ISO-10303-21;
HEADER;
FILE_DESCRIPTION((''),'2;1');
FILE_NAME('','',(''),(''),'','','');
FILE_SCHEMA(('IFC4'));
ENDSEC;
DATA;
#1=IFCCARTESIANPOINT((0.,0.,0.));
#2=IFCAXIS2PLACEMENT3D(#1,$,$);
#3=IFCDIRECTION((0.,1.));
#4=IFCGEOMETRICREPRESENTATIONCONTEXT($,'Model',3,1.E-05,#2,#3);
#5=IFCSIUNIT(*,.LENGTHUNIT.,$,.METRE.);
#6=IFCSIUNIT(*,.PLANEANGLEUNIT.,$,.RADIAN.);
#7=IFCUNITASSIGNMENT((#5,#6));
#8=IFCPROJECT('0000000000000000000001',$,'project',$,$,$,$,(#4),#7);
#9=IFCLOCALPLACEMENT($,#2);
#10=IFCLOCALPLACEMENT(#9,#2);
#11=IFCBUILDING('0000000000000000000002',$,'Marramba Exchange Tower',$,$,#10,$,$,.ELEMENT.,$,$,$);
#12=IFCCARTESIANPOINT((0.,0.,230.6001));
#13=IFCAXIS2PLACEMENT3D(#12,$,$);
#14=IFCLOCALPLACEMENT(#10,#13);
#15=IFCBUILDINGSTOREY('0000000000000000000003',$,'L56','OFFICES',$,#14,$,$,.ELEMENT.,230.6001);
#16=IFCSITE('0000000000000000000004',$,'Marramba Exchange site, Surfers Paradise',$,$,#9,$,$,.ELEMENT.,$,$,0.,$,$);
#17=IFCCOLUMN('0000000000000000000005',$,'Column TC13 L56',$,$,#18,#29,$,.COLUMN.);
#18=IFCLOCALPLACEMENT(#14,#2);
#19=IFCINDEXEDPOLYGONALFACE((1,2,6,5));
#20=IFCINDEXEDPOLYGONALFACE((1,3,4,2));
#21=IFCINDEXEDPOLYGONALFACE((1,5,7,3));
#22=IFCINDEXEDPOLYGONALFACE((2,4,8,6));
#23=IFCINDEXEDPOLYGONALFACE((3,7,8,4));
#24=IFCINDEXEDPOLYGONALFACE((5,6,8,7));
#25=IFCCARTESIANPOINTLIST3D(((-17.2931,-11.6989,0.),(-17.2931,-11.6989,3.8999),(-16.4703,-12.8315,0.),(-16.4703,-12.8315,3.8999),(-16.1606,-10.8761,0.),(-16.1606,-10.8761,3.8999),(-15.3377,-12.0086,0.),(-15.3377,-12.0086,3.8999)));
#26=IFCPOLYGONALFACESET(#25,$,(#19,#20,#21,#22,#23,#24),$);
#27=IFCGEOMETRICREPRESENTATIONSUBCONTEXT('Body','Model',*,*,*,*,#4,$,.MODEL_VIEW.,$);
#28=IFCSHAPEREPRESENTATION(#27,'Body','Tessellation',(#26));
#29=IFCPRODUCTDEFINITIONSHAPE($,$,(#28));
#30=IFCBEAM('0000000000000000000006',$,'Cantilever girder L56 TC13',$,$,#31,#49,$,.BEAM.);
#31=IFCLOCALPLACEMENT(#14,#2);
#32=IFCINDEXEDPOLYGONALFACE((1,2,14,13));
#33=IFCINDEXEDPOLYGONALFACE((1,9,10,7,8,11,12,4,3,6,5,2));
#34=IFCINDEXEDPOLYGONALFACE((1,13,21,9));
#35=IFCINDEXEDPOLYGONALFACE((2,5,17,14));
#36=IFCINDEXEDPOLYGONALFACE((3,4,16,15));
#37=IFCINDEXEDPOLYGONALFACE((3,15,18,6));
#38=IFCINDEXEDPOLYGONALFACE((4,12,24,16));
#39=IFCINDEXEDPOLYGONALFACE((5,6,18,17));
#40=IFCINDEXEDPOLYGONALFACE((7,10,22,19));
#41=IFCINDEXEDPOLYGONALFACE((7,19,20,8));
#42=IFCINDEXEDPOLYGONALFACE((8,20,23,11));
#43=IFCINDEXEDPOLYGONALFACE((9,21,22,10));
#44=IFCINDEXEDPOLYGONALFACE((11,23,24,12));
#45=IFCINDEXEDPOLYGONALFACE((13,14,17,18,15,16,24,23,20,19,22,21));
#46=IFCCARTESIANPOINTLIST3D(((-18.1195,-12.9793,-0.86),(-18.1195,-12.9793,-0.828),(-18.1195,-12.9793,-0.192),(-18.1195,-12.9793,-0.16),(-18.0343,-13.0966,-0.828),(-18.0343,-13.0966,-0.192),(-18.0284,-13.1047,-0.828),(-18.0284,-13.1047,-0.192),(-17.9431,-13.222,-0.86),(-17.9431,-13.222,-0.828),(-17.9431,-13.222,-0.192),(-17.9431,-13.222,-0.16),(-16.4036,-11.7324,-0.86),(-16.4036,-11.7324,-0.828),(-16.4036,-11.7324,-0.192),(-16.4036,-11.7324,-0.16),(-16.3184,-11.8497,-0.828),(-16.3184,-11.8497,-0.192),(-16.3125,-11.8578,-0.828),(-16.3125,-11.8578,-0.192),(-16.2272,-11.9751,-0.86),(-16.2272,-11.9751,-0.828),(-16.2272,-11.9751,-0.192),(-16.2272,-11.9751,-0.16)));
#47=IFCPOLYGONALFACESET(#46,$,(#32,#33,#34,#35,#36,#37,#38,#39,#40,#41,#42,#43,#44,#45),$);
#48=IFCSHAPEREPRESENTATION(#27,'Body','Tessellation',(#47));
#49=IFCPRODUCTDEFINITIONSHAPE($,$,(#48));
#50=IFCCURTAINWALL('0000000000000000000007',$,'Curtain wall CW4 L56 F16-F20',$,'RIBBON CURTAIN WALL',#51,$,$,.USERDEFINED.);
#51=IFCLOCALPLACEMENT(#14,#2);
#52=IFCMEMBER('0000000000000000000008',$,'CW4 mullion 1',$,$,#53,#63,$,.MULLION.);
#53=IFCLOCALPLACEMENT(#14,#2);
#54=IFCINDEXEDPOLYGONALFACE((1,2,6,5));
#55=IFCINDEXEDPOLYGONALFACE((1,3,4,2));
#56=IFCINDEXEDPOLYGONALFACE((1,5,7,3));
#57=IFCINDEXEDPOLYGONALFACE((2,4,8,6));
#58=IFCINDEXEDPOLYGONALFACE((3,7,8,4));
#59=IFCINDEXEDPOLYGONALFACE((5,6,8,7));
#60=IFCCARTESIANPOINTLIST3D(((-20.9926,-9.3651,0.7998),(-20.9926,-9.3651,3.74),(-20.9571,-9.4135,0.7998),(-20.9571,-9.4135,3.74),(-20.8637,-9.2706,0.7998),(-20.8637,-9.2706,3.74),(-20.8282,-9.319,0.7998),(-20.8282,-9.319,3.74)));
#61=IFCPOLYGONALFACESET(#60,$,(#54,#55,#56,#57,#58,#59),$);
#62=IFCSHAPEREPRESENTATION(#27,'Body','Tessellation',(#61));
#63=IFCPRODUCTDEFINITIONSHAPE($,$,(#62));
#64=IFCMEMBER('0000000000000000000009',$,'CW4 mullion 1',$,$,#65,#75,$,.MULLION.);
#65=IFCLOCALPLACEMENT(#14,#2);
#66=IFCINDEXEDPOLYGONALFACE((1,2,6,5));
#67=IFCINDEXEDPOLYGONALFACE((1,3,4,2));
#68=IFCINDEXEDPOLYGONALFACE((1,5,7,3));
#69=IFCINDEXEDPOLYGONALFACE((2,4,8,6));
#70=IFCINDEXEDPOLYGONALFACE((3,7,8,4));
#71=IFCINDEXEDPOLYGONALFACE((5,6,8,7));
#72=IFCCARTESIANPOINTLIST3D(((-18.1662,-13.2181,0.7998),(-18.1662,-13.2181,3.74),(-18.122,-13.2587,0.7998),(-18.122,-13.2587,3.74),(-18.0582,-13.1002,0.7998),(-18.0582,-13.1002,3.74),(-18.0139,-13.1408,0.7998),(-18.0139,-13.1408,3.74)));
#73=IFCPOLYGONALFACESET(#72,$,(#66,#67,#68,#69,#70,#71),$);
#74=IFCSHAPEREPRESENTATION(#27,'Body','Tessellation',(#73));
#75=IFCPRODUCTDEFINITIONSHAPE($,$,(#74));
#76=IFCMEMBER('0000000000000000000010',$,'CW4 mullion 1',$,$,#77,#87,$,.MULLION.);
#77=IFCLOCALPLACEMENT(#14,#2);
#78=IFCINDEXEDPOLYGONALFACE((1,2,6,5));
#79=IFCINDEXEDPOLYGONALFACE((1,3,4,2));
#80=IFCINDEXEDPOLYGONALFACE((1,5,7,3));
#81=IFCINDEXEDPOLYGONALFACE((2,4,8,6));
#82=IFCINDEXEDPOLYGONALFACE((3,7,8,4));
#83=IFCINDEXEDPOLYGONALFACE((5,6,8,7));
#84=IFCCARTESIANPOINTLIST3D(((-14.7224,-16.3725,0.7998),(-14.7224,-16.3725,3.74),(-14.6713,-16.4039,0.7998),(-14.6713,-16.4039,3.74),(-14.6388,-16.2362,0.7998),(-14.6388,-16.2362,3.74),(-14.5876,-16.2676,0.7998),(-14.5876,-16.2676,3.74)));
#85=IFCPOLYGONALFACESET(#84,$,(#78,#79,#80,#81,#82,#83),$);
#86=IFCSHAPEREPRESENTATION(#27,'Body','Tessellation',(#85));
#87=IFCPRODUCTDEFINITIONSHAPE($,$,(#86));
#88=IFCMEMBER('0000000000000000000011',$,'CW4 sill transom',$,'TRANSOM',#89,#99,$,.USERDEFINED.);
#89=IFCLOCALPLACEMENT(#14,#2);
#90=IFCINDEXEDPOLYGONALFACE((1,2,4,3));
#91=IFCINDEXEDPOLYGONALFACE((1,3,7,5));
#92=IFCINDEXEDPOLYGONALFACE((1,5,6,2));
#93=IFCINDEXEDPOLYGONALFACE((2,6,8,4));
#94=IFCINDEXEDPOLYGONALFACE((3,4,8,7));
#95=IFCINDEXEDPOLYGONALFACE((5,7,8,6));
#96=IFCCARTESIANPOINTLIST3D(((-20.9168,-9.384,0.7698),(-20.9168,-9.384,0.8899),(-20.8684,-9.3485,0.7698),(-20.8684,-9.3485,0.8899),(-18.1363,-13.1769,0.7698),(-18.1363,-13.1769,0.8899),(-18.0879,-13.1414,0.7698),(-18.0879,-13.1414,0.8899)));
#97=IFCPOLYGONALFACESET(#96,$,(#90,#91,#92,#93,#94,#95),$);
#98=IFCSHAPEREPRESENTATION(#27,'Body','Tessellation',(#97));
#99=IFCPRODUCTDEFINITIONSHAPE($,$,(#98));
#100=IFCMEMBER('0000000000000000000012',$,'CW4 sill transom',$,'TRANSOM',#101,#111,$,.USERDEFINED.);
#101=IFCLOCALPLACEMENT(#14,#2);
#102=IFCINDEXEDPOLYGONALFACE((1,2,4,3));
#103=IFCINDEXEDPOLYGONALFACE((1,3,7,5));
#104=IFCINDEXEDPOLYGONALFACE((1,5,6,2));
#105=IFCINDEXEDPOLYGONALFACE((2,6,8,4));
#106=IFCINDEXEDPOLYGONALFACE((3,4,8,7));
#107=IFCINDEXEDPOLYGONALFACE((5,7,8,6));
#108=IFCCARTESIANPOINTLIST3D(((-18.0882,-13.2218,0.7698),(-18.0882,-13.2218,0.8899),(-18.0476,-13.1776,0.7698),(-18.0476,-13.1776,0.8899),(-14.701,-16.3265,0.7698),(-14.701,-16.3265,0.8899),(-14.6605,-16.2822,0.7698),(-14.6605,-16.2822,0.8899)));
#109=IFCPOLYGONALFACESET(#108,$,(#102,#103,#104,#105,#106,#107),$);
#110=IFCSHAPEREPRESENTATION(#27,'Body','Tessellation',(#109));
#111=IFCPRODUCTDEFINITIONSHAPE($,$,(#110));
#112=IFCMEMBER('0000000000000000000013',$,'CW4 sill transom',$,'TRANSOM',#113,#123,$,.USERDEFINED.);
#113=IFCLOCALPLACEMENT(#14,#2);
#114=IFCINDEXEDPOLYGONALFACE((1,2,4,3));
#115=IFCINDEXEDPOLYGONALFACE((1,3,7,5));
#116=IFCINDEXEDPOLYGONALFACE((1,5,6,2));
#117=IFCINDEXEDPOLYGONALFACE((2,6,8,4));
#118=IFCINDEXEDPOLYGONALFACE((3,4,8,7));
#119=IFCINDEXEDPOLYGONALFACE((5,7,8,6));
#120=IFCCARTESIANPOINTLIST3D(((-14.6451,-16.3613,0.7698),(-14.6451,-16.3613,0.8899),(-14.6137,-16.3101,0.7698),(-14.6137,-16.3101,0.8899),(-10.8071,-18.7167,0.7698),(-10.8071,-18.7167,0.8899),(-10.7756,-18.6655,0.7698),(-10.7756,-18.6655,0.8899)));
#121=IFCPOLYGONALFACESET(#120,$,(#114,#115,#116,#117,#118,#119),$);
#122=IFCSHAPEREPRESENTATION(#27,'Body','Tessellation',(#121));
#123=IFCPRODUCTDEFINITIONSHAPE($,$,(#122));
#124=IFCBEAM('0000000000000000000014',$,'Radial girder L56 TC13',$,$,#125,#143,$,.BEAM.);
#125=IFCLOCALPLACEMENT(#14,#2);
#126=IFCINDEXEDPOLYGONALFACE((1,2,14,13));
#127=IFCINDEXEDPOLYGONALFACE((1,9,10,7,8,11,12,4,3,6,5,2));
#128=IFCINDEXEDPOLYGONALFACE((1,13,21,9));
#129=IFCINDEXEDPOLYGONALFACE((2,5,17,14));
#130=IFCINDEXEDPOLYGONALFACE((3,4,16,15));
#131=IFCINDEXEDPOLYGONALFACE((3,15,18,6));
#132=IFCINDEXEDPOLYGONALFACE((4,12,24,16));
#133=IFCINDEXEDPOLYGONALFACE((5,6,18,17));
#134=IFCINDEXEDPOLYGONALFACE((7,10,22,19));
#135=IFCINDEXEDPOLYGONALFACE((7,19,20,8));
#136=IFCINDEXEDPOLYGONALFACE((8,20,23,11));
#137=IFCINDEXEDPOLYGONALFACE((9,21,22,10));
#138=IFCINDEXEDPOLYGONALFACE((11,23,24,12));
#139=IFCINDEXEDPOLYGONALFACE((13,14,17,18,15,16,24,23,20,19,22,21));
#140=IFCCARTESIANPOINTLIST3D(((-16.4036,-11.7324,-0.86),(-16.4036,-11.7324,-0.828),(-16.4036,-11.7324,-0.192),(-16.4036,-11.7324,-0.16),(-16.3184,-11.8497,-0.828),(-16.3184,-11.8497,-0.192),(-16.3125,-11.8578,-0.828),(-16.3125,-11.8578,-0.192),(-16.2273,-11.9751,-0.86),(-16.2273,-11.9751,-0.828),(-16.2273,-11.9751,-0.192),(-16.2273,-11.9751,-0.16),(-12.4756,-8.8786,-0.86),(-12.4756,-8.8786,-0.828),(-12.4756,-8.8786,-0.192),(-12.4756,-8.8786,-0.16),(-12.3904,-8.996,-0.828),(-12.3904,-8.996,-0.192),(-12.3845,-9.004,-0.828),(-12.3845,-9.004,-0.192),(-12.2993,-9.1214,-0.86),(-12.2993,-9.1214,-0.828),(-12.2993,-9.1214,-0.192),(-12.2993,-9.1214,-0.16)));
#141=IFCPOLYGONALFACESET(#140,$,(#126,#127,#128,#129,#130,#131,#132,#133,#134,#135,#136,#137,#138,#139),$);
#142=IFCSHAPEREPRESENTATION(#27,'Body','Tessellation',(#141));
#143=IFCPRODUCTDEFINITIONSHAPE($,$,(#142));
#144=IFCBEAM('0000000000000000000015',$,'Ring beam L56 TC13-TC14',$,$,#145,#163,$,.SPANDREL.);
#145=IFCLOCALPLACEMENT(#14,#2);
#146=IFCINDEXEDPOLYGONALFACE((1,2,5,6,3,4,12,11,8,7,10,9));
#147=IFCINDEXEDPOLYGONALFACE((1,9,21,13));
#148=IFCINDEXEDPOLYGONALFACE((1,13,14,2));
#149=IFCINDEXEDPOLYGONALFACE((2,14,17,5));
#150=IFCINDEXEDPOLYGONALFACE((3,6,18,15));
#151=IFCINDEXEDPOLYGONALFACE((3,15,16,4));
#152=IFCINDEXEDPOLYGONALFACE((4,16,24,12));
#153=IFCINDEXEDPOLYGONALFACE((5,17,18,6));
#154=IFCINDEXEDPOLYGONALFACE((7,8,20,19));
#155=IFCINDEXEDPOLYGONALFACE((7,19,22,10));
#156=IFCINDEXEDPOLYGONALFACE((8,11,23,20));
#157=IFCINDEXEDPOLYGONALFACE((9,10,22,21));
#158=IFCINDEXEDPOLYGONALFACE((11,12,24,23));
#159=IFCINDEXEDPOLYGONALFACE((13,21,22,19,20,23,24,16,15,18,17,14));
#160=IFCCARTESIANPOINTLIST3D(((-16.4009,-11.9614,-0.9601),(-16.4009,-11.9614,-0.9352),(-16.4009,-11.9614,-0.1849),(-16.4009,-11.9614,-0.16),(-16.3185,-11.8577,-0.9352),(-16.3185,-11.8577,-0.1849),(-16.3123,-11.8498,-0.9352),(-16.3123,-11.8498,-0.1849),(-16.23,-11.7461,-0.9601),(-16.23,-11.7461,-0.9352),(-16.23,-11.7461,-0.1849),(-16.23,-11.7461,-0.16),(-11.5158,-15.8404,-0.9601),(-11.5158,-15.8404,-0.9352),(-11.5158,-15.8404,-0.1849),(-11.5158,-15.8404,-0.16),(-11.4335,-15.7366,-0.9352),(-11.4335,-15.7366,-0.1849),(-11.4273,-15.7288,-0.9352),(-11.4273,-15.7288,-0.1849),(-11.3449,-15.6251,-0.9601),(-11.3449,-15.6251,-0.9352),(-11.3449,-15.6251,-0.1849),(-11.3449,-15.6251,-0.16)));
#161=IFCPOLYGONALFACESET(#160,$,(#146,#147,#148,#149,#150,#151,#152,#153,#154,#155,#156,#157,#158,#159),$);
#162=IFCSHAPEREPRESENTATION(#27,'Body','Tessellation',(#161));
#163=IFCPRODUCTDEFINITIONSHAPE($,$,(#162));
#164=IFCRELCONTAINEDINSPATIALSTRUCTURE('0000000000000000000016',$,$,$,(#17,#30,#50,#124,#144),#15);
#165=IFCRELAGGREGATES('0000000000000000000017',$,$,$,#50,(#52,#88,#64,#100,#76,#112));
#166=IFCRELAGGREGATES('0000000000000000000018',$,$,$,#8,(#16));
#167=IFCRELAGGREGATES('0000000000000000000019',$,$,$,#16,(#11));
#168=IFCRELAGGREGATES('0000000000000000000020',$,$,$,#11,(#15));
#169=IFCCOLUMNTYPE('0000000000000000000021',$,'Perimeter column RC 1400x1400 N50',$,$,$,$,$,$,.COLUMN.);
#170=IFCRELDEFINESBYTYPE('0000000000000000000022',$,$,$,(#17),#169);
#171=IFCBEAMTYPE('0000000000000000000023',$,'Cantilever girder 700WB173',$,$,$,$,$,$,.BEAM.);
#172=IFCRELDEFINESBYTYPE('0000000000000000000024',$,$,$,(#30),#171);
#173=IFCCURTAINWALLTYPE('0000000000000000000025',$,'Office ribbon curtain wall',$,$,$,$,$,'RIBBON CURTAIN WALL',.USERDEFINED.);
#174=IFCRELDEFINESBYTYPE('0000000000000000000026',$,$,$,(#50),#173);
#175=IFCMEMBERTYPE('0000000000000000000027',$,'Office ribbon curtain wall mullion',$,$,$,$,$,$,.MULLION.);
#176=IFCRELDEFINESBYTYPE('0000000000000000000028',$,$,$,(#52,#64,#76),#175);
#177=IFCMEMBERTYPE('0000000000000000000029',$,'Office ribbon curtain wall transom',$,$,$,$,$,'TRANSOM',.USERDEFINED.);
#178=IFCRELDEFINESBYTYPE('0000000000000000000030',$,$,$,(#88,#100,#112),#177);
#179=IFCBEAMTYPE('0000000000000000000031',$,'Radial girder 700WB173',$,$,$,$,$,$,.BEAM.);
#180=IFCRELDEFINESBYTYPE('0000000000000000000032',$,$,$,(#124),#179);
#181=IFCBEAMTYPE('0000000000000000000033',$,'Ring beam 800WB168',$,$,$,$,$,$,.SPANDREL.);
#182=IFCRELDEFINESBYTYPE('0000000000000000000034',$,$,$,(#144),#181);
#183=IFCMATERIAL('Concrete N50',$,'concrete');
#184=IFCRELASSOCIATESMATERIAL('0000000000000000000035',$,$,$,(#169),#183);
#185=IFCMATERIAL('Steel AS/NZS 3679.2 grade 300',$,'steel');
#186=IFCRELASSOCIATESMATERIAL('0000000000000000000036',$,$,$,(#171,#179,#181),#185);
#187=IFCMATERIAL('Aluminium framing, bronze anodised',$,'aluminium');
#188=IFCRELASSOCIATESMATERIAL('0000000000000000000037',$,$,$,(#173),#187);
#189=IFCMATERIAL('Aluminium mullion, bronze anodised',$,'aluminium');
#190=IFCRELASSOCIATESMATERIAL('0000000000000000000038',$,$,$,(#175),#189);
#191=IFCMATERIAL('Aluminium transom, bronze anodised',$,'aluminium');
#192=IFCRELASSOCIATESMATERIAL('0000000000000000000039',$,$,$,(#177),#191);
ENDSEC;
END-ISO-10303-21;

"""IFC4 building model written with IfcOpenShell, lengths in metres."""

from ifc_helpers import new_model, si_unit, direction, frame, origin, origin_2d, place, context, subcontext, project, spatial, rectangle, i_section, extrude, material, material_profile, profile_set, type_object, element, aggregate, save


model = new_model("IFC4")

# Units and contexts
model_context = context("Model", 3, precision=1e-05, world=origin(), true_north=direction((0.0, 1.0)))
body_context = subcontext(model_context, "Body", "Model", "MODEL_VIEW")
ifc_project = project(units=[si_unit("LENGTHUNIT", "METRE"), si_unit("PLANEANGLEUNIT", "RADIAN")], contexts=[model_context])

# Site, building, storey
site_placement = place(None, origin())
site = spatial("IfcSite", under=ifc_project, at=site_placement, Name="Marramba Exchange site, Surfers Paradise", CompositionType="ELEMENT", RefElevation=0.0)
building_placement = place(site_placement, origin())
building = spatial("IfcBuilding", under=site, at=building_placement, Name="Marramba Exchange Tower", CompositionType="ELEMENT")
storey_placement = place(building_placement, frame((0.0, 0.0, 230.6001)))
storey = spatial("IfcBuildingStorey", under=building, at=storey_placement, Name="L56", Description="OFFICES", CompositionType="ELEMENT", Elevation=230.6001)

# Column
ifc_material_1 = material(Name="Concrete N50", Category="concrete")
ifc_material_profile_1 = material_profile(ifc_material_1, rectangle(XDim=1.3999, YDim=1.3999, at=origin_2d()), Name="RC 1400x1400")
ifc_profile_set_1 = profile_set([ifc_material_profile_1], Name="Concrete N50")
column_type = type_object("IfcColumnType", Name="Perimeter column RC 1400x1400 N50", PredefinedType="COLUMN", material=ifc_profile_set_1)
column_placement = place(storey_placement, frame((-16.3154, -11.8538, 0.0), z_axis=(0.0, 0.0, 1.0), x_axis=(-0.809017, -0.587785, 0.0)))
element("IfcColumn", 1, at=column_placement, inside=storey, type_object=column_type, Name="Column TC13 L56", PredefinedType="COLUMN", context=body_context, shape_type="SweptSolid", body=[
    extrude(rectangle(XDim=1.3999, YDim=1.3999, at=origin_2d()), origin(), (0.0, 0.0, 1.0), 3.8999),
])

# Beam
ifc_material_2 = material(Name="Steel AS/NZS 3679.2 grade 300", Category="steel")
ifc_material_profile_2 = material_profile(ifc_material_2, i_section(OverallWidth=0.3, OverallDepth=0.7, WebThickness=0.01, FlangeThickness=0.032, at=origin_2d()), Name="700WB173")
ifc_profile_set_2 = profile_set([ifc_material_profile_2], Name="Steel AS/NZS 3679.2 grade 300")
beam_type_1 = type_object("IfcBeamType", Name="Cantilever girder 700WB173", PredefinedType="BEAM", material=ifc_profile_set_2)
beam_1_placement = place(storey_placement, frame((-16.3154, -11.8538, -0.51), z_axis=(-0.80897, -0.58785, 0.0), x_axis=(0.58785, -0.80897, 0.0)))
element("IfcBeam", 2, at=beam_1_placement, inside=storey, type_object=beam_type_1, Name="Cantilever girder L56 TC13", PredefinedType="BEAM", context=body_context, shape_type="SweptSolid", body=[
    extrude(i_section(OverallWidth=0.3, OverallDepth=0.7, WebThickness=0.01, FlangeThickness=0.032, at=origin_2d()), origin(), (0.0, 0.0, 1.0), 2.1211),
])

# Curtain wall, members
ifc_material_3 = material(Name="Aluminium framing, bronze anodised", Category="aluminium")
curtain_wall_type = type_object("IfcCurtainWallType", Name="Office ribbon curtain wall", ElementType="RIBBON CURTAIN WALL", PredefinedType="USERDEFINED", material=ifc_material_3)
curtain_wall_placement = place(storey_placement, origin())
curtain_wall = element("IfcCurtainWall", 3, at=curtain_wall_placement, inside=storey, type_object=curtain_wall_type, Name="Curtain wall CW4 L56 F16-F20", ObjectType="RIBBON CURTAIN WALL", PredefinedType="USERDEFINED")
ifc_material_4 = material(Name="Aluminium mullion, bronze anodised", Category="aluminium")
ifc_material_profile_3 = material_profile(ifc_material_4, rectangle(XDim=0.1599, YDim=0.0601, at=origin_2d()), Name="CW4 mullion 60x160")
ifc_profile_set_3 = profile_set([ifc_material_profile_3], Name="Aluminium mullion, bronze anodised")
member_type_1 = type_object("IfcMemberType", Name="Office ribbon curtain wall mullion", PredefinedType="MULLION", material=ifc_profile_set_3)
member_1_placement = place(storey_placement, frame((-20.9104, -9.342, 0.7998), z_axis=(0.0, 0.0, 1.0), x_axis=(0.806508, 0.591223, 0.0)))
member_1 = element("IfcMember", 4, at=member_1_placement, type_object=member_type_1, Name="CW4 mullion 1", PredefinedType="MULLION", context=body_context, shape_type="SweptSolid", body=[
    extrude(rectangle(XDim=0.1599, YDim=0.0601, at=origin_2d()), origin(), (0.0, 0.0, 1.0), 2.9402),
])
member_2_placement = place(storey_placement, frame((-18.0901, -13.1794, 0.7998), z_axis=(0.0, 0.0, 1.0), x_axis=(0.675671, 0.737203, 0.0)))
member_2 = element("IfcMember", 5, at=member_2_placement, type_object=member_type_1, Name="CW4 mullion 1", PredefinedType="MULLION", context=body_context, shape_type="SweptSolid", body=[
    extrude(rectangle(XDim=0.1599, YDim=0.0601, at=origin_2d()), origin(), (0.0, 0.0, 1.0), 2.9402),
])
member_3_placement = place(storey_placement, frame((-14.655, -16.3201, 0.7998), z_axis=(0.0, 0.0, 1.0), x_axis=(0.523052, 0.852301, 0.0)))
member_3 = element("IfcMember", 6, at=member_3_placement, type_object=member_type_1, Name="CW4 mullion 1", PredefinedType="MULLION", context=body_context, shape_type="SweptSolid", body=[
    extrude(rectangle(XDim=0.1599, YDim=0.0601, at=origin_2d()), origin(), (0.0, 0.0, 1.0), 2.9402),
])
ifc_material_5 = material(Name="Aluminium transom, bronze anodised", Category="aluminium")
ifc_material_profile_4 = material_profile(ifc_material_5, rectangle(XDim=0.0601, YDim=0.1201, at=origin_2d()), Name="CW4 transom 60x120")
ifc_profile_set_4 = profile_set([ifc_material_profile_4], Name="Aluminium transom, bronze anodised")
member_type_2 = type_object("IfcMemberType", Name="Office ribbon curtain wall transom", ElementType="TRANSOM", PredefinedType="USERDEFINED", material=ifc_profile_set_4)
member_4_placement = place(storey_placement, frame((-20.8926, -9.3662, 0.8298), z_axis=(0.591226, -0.806506, 0.0), x_axis=(0.806506, 0.591226, 0.0)))
member_4 = element("IfcMember", 7, at=member_4_placement, type_object=member_type_2, Name="CW4 sill transom", ObjectType="TRANSOM", PredefinedType="USERDEFINED", context=body_context, shape_type="SweptSolid", body=[
    extrude(rectangle(XDim=0.0601, YDim=0.1201, at=origin_2d()), origin(), (0.0, 0.0, 1.0), 4.7029),
])
member_5_placement = place(storey_placement, frame((-18.0679, -13.1997, 0.8298), z_axis=(0.737176, -0.675701, 0.0), x_axis=(0.675701, 0.737176, 0.0)))
member_5 = element("IfcMember", 8, at=member_5_placement, type_object=member_type_2, Name="CW4 sill transom", ObjectType="TRANSOM", PredefinedType="USERDEFINED", context=body_context, shape_type="SweptSolid", body=[
    extrude(rectangle(XDim=0.0601, YDim=0.1201, at=origin_2d()), origin(), (0.0, 0.0, 1.0), 4.5947),
])
member_6_placement = place(storey_placement, frame((-14.6294, -16.3357, 0.8298), z_axis=(0.852298, -0.523056, 0.0), x_axis=(0.523056, 0.852298, 0.0)))
member_6 = element("IfcMember", 9, at=member_6_placement, type_object=member_type_2, Name="CW4 sill transom", ObjectType="TRANSOM", PredefinedType="USERDEFINED", context=body_context, shape_type="SweptSolid", body=[
    extrude(rectangle(XDim=0.0601, YDim=0.1201, at=origin_2d()), origin(), (0.0, 0.0, 1.0), 4.5032),
])

# Beams
ifc_material_profile_5 = material_profile(ifc_material_2, i_section(OverallWidth=0.3, OverallDepth=0.7, WebThickness=0.01, FlangeThickness=0.032, at=origin_2d()), Name="700WB173")
ifc_profile_set_5 = profile_set([ifc_material_profile_5], Name="Steel AS/NZS 3679.2 grade 300")
beam_type_2 = type_object("IfcBeamType", Name="Radial girder 700WB173", PredefinedType="BEAM", material=ifc_profile_set_5)
beam_2_placement = place(storey_placement, frame((-12.3875, -9.0, -0.51), z_axis=(-0.809025, -0.587774, 0.0), x_axis=(0.587774, -0.809025, 0.0)))
element("IfcBeam", 10, at=beam_2_placement, inside=storey, type_object=beam_type_2, Name="Radial girder L56 TC13", PredefinedType="BEAM", context=body_context, shape_type="SweptSolid", body=[
    extrude(i_section(OverallWidth=0.3, OverallDepth=0.7, WebThickness=0.01, FlangeThickness=0.032, at=origin_2d()), origin(), (0.0, 0.0, 1.0), 4.8552),
])
ifc_material_profile_6 = material_profile(ifc_material_2, i_section(OverallWidth=0.2749, OverallDepth=0.8, WebThickness=0.01, FlangeThickness=0.0249, at=origin_2d()), Name="800WB168")
ifc_profile_set_6 = profile_set([ifc_material_profile_6], Name="Steel AS/NZS 3679.2 grade 300")
beam_type_3 = type_object("IfcBeamType", Name="Ring beam 800WB168", PredefinedType="SPANDREL", material=ifc_profile_set_6)
beam_3_placement = place(storey_placement, frame((-16.3154, -11.8538, -0.5601), z_axis=(0.783139, -0.621846, 0.0), x_axis=(0.621846, 0.783139, 0.0)))
element("IfcBeam", 11, at=beam_3_placement, inside=storey, type_object=beam_type_3, Name="Ring beam L56 TC13-TC14", PredefinedType="SPANDREL", context=body_context, shape_type="SweptSolid", body=[
    extrude(i_section(OverallWidth=0.2749, OverallDepth=0.8, WebThickness=0.01, FlangeThickness=0.0249, at=origin_2d()), origin(), (0.0, 0.0, 1.0), 6.2378),
])

aggregate(curtain_wall, [member_1, member_4, member_2, member_5, member_3, member_6])

save(model, "model.ifc")
